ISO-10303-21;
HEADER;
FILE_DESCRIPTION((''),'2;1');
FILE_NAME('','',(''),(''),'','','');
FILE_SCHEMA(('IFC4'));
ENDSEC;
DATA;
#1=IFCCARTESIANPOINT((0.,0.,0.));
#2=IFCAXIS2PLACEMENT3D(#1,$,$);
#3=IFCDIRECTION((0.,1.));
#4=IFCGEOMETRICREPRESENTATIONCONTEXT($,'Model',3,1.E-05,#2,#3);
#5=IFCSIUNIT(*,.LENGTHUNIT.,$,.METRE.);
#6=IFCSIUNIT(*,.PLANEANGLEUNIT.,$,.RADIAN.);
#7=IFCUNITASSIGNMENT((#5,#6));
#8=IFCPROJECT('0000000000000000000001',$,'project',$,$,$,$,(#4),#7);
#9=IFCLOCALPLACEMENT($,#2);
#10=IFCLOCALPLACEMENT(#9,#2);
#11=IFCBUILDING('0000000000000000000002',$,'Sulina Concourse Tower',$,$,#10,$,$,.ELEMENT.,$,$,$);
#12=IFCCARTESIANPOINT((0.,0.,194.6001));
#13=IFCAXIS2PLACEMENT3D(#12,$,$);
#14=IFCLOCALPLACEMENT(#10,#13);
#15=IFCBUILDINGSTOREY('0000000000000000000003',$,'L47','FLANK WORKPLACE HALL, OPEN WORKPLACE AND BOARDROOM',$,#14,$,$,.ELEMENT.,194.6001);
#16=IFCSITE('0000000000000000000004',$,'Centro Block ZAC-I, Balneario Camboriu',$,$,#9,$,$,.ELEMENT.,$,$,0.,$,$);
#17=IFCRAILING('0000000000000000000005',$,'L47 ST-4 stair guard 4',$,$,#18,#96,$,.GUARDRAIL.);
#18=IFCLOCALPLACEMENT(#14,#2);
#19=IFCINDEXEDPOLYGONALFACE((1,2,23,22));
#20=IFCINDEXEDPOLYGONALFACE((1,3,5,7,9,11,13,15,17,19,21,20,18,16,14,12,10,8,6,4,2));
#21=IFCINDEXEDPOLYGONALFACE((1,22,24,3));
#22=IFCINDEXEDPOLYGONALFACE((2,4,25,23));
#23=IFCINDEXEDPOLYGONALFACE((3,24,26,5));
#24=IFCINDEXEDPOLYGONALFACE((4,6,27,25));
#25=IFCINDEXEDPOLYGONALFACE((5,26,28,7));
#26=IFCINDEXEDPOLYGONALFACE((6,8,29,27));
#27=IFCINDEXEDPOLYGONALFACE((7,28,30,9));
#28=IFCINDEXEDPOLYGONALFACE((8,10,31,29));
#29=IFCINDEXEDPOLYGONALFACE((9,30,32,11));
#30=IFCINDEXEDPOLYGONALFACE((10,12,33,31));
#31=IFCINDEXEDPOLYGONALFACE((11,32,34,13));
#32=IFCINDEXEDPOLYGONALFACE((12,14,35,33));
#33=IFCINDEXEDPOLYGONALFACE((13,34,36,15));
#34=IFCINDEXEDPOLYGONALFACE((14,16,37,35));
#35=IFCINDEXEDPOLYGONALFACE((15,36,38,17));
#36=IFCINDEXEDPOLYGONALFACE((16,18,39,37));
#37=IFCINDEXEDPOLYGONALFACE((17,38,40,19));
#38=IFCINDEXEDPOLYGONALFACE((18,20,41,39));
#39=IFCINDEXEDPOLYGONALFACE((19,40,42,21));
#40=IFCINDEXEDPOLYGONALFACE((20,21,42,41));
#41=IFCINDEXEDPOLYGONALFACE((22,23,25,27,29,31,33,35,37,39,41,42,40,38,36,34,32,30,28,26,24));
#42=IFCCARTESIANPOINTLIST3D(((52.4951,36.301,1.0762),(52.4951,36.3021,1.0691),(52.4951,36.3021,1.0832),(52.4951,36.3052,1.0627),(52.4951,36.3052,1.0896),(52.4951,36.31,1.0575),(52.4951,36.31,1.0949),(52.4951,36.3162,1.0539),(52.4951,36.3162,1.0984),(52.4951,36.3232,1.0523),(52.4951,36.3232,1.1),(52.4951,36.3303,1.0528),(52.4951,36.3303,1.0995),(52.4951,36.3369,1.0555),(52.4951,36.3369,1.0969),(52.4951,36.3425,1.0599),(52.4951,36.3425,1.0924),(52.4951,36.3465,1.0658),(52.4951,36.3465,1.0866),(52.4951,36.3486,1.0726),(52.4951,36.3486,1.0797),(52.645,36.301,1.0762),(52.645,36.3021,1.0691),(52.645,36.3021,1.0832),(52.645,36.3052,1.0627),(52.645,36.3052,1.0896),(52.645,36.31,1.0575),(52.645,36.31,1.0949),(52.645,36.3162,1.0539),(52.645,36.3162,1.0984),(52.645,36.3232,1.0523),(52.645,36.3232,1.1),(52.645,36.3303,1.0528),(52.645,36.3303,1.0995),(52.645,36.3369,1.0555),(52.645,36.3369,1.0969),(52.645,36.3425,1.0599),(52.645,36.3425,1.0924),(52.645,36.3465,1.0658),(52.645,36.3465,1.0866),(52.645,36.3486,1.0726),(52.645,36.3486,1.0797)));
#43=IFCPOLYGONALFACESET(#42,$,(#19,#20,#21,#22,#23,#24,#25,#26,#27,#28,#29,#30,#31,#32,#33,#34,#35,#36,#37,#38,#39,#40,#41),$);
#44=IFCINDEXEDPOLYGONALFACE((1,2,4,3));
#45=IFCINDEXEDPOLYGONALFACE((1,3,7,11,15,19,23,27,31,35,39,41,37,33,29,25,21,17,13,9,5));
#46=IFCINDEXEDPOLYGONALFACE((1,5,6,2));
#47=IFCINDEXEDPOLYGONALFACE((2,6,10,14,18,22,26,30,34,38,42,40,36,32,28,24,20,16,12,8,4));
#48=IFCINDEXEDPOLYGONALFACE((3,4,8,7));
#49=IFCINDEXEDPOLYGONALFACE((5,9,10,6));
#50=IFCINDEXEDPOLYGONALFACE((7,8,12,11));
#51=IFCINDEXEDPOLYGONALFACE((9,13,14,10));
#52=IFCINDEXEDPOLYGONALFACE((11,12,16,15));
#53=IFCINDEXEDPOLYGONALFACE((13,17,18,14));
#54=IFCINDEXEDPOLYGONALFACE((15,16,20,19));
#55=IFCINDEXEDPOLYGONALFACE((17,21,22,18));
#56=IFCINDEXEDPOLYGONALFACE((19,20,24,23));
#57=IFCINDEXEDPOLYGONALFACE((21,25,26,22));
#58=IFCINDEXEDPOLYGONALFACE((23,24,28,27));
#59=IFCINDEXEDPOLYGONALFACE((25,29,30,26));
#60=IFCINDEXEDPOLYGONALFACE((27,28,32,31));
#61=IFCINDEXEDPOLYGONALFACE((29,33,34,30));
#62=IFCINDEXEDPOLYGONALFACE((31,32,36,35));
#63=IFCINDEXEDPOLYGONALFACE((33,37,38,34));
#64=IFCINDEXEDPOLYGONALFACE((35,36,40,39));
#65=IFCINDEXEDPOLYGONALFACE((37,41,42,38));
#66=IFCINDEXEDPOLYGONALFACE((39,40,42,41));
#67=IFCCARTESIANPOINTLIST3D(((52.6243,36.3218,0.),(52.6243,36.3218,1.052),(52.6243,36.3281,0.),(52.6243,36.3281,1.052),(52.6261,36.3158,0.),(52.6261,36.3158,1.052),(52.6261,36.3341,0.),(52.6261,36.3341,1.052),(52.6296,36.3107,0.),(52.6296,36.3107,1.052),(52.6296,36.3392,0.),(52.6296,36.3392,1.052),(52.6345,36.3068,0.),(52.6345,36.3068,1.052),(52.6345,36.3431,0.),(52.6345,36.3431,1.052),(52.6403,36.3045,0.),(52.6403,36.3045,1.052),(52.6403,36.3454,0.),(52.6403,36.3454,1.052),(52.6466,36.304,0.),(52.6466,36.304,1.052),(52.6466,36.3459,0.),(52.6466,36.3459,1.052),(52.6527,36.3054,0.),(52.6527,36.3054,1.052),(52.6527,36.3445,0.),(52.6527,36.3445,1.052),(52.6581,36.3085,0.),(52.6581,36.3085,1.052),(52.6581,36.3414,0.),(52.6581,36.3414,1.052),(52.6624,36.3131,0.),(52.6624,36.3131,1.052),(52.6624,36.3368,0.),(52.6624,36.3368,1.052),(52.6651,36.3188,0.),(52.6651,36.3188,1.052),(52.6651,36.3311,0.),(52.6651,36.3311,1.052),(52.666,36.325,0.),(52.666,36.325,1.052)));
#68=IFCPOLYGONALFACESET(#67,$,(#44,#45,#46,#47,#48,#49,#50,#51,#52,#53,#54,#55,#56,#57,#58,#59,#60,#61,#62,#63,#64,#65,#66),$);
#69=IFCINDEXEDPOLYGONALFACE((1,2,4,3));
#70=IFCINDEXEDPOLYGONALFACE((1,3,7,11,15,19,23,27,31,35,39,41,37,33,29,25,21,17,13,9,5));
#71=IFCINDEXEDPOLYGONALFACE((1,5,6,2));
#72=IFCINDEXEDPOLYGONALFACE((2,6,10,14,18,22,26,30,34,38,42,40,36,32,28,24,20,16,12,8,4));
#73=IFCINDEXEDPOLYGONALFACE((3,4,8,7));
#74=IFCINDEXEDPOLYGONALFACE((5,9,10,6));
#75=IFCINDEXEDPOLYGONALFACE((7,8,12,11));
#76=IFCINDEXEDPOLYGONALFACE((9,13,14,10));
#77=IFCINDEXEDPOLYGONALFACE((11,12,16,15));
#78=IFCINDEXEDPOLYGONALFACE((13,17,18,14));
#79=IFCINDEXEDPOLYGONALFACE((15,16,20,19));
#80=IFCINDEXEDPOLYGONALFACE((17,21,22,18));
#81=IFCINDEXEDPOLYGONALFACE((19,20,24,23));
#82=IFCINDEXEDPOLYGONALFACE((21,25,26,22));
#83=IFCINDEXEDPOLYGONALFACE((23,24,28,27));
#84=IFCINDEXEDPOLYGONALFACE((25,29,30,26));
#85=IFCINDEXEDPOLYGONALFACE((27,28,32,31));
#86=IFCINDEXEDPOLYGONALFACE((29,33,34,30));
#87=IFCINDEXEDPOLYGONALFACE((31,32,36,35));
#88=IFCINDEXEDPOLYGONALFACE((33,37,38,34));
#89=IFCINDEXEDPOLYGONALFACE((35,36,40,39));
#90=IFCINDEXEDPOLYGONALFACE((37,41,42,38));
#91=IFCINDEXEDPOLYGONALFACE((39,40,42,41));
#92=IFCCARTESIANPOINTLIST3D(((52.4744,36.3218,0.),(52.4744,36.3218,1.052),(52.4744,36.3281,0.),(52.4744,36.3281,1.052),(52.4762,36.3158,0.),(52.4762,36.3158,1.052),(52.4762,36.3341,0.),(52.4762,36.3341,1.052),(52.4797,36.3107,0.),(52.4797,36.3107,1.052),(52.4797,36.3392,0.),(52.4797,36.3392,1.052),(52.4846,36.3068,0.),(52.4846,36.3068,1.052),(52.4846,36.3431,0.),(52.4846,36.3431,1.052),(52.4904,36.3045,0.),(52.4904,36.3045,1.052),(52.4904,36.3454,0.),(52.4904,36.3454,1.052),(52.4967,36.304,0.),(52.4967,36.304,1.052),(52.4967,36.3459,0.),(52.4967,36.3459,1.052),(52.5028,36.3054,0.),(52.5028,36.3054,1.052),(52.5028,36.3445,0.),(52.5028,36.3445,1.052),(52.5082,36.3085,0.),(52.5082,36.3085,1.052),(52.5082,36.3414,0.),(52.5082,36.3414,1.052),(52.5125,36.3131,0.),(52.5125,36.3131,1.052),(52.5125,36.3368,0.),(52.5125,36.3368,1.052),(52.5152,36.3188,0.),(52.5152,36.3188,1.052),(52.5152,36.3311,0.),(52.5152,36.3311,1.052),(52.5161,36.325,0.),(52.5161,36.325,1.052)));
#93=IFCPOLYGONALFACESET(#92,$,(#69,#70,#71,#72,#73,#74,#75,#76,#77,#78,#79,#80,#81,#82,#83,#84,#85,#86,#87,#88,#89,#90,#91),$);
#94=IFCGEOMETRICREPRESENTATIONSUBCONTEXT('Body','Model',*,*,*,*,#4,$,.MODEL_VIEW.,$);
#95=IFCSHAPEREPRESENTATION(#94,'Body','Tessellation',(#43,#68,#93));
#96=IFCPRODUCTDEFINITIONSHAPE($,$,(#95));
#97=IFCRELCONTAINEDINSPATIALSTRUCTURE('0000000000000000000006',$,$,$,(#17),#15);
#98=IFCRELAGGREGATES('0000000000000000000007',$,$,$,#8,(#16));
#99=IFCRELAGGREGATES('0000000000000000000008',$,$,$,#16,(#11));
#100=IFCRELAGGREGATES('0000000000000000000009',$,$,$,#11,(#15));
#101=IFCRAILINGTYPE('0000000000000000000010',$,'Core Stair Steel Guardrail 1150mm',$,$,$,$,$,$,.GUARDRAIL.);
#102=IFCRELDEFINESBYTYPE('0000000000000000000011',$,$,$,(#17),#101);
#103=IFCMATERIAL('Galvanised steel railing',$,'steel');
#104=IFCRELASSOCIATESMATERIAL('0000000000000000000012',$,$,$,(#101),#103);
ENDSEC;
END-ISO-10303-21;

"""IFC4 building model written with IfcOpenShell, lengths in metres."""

from ifc_helpers import new_model, si_unit, direction, frame, origin, origin_2d, place, context, subcontext, project, spatial, circle, extrude, material, type_object, element, save


model = new_model("IFC4")

# Units and contexts
model_context = context("Model", 3, precision=1e-05, world=origin(), true_north=direction((0.0, 1.0)))
body_context = subcontext(model_context, "Body", "Model", "MODEL_VIEW")
ifc_project = project(units=[si_unit("LENGTHUNIT", "METRE"), si_unit("PLANEANGLEUNIT", "RADIAN")], contexts=[model_context])

# Site, building, storey
site_placement = place(None, origin())
site = spatial("IfcSite", under=ifc_project, at=site_placement, Name="Centro Block ZAC-I, Balneario Camboriu", CompositionType="ELEMENT", RefElevation=0.0)
building_placement = place(site_placement, origin())
building = spatial("IfcBuilding", under=site, at=building_placement, Name="Sulina Concourse Tower", CompositionType="ELEMENT")
storey_placement = place(building_placement, frame((0.0, 0.0, 194.6001)))
storey = spatial("IfcBuildingStorey", under=building, at=storey_placement, Name="L47", Description="FLANK WORKPLACE HALL, OPEN WORKPLACE AND BOARDROOM", CompositionType="ELEMENT", Elevation=194.6001)

# Railing
ifc_material_1 = material(Name="Galvanised steel railing", Category="steel")
railing_type_1 = type_object("IfcRailingType", Name="Core Stair Steel Guardrail 1150mm", PredefinedType="GUARDRAIL", material=ifc_material_1)
railing_1_placement = place(storey_placement, frame((52.645, 36.325, 0.0)))
element("IfcRailing", 1, at=railing_1_placement, inside=storey, type_object=railing_type_1, Name="L47 ST-4 stair guard 4", PredefinedType="GUARDRAIL", context=body_context, shape_type="SweptSolid", body=[
    extrude(circle(Radius=0.0239, at=origin_2d()), frame((0.0, 0.0, 1.0762), z_axis=(-1.0, 0.0, 0.0), x_axis=(0.0, -1.0, 0.0)), (0.0, 0.0, 1.0), 0.1499),
    extrude(circle(Radius=0.021, at=origin_2d()), origin(), (0.0, 0.0, 1.0), 1.052),
    extrude(circle(Radius=0.021, at=origin_2d()), frame((-0.1499, 0.0, 0.0)), (0.0, 0.0, 1.0), 1.052),
])

save(model, "model.ifc")
